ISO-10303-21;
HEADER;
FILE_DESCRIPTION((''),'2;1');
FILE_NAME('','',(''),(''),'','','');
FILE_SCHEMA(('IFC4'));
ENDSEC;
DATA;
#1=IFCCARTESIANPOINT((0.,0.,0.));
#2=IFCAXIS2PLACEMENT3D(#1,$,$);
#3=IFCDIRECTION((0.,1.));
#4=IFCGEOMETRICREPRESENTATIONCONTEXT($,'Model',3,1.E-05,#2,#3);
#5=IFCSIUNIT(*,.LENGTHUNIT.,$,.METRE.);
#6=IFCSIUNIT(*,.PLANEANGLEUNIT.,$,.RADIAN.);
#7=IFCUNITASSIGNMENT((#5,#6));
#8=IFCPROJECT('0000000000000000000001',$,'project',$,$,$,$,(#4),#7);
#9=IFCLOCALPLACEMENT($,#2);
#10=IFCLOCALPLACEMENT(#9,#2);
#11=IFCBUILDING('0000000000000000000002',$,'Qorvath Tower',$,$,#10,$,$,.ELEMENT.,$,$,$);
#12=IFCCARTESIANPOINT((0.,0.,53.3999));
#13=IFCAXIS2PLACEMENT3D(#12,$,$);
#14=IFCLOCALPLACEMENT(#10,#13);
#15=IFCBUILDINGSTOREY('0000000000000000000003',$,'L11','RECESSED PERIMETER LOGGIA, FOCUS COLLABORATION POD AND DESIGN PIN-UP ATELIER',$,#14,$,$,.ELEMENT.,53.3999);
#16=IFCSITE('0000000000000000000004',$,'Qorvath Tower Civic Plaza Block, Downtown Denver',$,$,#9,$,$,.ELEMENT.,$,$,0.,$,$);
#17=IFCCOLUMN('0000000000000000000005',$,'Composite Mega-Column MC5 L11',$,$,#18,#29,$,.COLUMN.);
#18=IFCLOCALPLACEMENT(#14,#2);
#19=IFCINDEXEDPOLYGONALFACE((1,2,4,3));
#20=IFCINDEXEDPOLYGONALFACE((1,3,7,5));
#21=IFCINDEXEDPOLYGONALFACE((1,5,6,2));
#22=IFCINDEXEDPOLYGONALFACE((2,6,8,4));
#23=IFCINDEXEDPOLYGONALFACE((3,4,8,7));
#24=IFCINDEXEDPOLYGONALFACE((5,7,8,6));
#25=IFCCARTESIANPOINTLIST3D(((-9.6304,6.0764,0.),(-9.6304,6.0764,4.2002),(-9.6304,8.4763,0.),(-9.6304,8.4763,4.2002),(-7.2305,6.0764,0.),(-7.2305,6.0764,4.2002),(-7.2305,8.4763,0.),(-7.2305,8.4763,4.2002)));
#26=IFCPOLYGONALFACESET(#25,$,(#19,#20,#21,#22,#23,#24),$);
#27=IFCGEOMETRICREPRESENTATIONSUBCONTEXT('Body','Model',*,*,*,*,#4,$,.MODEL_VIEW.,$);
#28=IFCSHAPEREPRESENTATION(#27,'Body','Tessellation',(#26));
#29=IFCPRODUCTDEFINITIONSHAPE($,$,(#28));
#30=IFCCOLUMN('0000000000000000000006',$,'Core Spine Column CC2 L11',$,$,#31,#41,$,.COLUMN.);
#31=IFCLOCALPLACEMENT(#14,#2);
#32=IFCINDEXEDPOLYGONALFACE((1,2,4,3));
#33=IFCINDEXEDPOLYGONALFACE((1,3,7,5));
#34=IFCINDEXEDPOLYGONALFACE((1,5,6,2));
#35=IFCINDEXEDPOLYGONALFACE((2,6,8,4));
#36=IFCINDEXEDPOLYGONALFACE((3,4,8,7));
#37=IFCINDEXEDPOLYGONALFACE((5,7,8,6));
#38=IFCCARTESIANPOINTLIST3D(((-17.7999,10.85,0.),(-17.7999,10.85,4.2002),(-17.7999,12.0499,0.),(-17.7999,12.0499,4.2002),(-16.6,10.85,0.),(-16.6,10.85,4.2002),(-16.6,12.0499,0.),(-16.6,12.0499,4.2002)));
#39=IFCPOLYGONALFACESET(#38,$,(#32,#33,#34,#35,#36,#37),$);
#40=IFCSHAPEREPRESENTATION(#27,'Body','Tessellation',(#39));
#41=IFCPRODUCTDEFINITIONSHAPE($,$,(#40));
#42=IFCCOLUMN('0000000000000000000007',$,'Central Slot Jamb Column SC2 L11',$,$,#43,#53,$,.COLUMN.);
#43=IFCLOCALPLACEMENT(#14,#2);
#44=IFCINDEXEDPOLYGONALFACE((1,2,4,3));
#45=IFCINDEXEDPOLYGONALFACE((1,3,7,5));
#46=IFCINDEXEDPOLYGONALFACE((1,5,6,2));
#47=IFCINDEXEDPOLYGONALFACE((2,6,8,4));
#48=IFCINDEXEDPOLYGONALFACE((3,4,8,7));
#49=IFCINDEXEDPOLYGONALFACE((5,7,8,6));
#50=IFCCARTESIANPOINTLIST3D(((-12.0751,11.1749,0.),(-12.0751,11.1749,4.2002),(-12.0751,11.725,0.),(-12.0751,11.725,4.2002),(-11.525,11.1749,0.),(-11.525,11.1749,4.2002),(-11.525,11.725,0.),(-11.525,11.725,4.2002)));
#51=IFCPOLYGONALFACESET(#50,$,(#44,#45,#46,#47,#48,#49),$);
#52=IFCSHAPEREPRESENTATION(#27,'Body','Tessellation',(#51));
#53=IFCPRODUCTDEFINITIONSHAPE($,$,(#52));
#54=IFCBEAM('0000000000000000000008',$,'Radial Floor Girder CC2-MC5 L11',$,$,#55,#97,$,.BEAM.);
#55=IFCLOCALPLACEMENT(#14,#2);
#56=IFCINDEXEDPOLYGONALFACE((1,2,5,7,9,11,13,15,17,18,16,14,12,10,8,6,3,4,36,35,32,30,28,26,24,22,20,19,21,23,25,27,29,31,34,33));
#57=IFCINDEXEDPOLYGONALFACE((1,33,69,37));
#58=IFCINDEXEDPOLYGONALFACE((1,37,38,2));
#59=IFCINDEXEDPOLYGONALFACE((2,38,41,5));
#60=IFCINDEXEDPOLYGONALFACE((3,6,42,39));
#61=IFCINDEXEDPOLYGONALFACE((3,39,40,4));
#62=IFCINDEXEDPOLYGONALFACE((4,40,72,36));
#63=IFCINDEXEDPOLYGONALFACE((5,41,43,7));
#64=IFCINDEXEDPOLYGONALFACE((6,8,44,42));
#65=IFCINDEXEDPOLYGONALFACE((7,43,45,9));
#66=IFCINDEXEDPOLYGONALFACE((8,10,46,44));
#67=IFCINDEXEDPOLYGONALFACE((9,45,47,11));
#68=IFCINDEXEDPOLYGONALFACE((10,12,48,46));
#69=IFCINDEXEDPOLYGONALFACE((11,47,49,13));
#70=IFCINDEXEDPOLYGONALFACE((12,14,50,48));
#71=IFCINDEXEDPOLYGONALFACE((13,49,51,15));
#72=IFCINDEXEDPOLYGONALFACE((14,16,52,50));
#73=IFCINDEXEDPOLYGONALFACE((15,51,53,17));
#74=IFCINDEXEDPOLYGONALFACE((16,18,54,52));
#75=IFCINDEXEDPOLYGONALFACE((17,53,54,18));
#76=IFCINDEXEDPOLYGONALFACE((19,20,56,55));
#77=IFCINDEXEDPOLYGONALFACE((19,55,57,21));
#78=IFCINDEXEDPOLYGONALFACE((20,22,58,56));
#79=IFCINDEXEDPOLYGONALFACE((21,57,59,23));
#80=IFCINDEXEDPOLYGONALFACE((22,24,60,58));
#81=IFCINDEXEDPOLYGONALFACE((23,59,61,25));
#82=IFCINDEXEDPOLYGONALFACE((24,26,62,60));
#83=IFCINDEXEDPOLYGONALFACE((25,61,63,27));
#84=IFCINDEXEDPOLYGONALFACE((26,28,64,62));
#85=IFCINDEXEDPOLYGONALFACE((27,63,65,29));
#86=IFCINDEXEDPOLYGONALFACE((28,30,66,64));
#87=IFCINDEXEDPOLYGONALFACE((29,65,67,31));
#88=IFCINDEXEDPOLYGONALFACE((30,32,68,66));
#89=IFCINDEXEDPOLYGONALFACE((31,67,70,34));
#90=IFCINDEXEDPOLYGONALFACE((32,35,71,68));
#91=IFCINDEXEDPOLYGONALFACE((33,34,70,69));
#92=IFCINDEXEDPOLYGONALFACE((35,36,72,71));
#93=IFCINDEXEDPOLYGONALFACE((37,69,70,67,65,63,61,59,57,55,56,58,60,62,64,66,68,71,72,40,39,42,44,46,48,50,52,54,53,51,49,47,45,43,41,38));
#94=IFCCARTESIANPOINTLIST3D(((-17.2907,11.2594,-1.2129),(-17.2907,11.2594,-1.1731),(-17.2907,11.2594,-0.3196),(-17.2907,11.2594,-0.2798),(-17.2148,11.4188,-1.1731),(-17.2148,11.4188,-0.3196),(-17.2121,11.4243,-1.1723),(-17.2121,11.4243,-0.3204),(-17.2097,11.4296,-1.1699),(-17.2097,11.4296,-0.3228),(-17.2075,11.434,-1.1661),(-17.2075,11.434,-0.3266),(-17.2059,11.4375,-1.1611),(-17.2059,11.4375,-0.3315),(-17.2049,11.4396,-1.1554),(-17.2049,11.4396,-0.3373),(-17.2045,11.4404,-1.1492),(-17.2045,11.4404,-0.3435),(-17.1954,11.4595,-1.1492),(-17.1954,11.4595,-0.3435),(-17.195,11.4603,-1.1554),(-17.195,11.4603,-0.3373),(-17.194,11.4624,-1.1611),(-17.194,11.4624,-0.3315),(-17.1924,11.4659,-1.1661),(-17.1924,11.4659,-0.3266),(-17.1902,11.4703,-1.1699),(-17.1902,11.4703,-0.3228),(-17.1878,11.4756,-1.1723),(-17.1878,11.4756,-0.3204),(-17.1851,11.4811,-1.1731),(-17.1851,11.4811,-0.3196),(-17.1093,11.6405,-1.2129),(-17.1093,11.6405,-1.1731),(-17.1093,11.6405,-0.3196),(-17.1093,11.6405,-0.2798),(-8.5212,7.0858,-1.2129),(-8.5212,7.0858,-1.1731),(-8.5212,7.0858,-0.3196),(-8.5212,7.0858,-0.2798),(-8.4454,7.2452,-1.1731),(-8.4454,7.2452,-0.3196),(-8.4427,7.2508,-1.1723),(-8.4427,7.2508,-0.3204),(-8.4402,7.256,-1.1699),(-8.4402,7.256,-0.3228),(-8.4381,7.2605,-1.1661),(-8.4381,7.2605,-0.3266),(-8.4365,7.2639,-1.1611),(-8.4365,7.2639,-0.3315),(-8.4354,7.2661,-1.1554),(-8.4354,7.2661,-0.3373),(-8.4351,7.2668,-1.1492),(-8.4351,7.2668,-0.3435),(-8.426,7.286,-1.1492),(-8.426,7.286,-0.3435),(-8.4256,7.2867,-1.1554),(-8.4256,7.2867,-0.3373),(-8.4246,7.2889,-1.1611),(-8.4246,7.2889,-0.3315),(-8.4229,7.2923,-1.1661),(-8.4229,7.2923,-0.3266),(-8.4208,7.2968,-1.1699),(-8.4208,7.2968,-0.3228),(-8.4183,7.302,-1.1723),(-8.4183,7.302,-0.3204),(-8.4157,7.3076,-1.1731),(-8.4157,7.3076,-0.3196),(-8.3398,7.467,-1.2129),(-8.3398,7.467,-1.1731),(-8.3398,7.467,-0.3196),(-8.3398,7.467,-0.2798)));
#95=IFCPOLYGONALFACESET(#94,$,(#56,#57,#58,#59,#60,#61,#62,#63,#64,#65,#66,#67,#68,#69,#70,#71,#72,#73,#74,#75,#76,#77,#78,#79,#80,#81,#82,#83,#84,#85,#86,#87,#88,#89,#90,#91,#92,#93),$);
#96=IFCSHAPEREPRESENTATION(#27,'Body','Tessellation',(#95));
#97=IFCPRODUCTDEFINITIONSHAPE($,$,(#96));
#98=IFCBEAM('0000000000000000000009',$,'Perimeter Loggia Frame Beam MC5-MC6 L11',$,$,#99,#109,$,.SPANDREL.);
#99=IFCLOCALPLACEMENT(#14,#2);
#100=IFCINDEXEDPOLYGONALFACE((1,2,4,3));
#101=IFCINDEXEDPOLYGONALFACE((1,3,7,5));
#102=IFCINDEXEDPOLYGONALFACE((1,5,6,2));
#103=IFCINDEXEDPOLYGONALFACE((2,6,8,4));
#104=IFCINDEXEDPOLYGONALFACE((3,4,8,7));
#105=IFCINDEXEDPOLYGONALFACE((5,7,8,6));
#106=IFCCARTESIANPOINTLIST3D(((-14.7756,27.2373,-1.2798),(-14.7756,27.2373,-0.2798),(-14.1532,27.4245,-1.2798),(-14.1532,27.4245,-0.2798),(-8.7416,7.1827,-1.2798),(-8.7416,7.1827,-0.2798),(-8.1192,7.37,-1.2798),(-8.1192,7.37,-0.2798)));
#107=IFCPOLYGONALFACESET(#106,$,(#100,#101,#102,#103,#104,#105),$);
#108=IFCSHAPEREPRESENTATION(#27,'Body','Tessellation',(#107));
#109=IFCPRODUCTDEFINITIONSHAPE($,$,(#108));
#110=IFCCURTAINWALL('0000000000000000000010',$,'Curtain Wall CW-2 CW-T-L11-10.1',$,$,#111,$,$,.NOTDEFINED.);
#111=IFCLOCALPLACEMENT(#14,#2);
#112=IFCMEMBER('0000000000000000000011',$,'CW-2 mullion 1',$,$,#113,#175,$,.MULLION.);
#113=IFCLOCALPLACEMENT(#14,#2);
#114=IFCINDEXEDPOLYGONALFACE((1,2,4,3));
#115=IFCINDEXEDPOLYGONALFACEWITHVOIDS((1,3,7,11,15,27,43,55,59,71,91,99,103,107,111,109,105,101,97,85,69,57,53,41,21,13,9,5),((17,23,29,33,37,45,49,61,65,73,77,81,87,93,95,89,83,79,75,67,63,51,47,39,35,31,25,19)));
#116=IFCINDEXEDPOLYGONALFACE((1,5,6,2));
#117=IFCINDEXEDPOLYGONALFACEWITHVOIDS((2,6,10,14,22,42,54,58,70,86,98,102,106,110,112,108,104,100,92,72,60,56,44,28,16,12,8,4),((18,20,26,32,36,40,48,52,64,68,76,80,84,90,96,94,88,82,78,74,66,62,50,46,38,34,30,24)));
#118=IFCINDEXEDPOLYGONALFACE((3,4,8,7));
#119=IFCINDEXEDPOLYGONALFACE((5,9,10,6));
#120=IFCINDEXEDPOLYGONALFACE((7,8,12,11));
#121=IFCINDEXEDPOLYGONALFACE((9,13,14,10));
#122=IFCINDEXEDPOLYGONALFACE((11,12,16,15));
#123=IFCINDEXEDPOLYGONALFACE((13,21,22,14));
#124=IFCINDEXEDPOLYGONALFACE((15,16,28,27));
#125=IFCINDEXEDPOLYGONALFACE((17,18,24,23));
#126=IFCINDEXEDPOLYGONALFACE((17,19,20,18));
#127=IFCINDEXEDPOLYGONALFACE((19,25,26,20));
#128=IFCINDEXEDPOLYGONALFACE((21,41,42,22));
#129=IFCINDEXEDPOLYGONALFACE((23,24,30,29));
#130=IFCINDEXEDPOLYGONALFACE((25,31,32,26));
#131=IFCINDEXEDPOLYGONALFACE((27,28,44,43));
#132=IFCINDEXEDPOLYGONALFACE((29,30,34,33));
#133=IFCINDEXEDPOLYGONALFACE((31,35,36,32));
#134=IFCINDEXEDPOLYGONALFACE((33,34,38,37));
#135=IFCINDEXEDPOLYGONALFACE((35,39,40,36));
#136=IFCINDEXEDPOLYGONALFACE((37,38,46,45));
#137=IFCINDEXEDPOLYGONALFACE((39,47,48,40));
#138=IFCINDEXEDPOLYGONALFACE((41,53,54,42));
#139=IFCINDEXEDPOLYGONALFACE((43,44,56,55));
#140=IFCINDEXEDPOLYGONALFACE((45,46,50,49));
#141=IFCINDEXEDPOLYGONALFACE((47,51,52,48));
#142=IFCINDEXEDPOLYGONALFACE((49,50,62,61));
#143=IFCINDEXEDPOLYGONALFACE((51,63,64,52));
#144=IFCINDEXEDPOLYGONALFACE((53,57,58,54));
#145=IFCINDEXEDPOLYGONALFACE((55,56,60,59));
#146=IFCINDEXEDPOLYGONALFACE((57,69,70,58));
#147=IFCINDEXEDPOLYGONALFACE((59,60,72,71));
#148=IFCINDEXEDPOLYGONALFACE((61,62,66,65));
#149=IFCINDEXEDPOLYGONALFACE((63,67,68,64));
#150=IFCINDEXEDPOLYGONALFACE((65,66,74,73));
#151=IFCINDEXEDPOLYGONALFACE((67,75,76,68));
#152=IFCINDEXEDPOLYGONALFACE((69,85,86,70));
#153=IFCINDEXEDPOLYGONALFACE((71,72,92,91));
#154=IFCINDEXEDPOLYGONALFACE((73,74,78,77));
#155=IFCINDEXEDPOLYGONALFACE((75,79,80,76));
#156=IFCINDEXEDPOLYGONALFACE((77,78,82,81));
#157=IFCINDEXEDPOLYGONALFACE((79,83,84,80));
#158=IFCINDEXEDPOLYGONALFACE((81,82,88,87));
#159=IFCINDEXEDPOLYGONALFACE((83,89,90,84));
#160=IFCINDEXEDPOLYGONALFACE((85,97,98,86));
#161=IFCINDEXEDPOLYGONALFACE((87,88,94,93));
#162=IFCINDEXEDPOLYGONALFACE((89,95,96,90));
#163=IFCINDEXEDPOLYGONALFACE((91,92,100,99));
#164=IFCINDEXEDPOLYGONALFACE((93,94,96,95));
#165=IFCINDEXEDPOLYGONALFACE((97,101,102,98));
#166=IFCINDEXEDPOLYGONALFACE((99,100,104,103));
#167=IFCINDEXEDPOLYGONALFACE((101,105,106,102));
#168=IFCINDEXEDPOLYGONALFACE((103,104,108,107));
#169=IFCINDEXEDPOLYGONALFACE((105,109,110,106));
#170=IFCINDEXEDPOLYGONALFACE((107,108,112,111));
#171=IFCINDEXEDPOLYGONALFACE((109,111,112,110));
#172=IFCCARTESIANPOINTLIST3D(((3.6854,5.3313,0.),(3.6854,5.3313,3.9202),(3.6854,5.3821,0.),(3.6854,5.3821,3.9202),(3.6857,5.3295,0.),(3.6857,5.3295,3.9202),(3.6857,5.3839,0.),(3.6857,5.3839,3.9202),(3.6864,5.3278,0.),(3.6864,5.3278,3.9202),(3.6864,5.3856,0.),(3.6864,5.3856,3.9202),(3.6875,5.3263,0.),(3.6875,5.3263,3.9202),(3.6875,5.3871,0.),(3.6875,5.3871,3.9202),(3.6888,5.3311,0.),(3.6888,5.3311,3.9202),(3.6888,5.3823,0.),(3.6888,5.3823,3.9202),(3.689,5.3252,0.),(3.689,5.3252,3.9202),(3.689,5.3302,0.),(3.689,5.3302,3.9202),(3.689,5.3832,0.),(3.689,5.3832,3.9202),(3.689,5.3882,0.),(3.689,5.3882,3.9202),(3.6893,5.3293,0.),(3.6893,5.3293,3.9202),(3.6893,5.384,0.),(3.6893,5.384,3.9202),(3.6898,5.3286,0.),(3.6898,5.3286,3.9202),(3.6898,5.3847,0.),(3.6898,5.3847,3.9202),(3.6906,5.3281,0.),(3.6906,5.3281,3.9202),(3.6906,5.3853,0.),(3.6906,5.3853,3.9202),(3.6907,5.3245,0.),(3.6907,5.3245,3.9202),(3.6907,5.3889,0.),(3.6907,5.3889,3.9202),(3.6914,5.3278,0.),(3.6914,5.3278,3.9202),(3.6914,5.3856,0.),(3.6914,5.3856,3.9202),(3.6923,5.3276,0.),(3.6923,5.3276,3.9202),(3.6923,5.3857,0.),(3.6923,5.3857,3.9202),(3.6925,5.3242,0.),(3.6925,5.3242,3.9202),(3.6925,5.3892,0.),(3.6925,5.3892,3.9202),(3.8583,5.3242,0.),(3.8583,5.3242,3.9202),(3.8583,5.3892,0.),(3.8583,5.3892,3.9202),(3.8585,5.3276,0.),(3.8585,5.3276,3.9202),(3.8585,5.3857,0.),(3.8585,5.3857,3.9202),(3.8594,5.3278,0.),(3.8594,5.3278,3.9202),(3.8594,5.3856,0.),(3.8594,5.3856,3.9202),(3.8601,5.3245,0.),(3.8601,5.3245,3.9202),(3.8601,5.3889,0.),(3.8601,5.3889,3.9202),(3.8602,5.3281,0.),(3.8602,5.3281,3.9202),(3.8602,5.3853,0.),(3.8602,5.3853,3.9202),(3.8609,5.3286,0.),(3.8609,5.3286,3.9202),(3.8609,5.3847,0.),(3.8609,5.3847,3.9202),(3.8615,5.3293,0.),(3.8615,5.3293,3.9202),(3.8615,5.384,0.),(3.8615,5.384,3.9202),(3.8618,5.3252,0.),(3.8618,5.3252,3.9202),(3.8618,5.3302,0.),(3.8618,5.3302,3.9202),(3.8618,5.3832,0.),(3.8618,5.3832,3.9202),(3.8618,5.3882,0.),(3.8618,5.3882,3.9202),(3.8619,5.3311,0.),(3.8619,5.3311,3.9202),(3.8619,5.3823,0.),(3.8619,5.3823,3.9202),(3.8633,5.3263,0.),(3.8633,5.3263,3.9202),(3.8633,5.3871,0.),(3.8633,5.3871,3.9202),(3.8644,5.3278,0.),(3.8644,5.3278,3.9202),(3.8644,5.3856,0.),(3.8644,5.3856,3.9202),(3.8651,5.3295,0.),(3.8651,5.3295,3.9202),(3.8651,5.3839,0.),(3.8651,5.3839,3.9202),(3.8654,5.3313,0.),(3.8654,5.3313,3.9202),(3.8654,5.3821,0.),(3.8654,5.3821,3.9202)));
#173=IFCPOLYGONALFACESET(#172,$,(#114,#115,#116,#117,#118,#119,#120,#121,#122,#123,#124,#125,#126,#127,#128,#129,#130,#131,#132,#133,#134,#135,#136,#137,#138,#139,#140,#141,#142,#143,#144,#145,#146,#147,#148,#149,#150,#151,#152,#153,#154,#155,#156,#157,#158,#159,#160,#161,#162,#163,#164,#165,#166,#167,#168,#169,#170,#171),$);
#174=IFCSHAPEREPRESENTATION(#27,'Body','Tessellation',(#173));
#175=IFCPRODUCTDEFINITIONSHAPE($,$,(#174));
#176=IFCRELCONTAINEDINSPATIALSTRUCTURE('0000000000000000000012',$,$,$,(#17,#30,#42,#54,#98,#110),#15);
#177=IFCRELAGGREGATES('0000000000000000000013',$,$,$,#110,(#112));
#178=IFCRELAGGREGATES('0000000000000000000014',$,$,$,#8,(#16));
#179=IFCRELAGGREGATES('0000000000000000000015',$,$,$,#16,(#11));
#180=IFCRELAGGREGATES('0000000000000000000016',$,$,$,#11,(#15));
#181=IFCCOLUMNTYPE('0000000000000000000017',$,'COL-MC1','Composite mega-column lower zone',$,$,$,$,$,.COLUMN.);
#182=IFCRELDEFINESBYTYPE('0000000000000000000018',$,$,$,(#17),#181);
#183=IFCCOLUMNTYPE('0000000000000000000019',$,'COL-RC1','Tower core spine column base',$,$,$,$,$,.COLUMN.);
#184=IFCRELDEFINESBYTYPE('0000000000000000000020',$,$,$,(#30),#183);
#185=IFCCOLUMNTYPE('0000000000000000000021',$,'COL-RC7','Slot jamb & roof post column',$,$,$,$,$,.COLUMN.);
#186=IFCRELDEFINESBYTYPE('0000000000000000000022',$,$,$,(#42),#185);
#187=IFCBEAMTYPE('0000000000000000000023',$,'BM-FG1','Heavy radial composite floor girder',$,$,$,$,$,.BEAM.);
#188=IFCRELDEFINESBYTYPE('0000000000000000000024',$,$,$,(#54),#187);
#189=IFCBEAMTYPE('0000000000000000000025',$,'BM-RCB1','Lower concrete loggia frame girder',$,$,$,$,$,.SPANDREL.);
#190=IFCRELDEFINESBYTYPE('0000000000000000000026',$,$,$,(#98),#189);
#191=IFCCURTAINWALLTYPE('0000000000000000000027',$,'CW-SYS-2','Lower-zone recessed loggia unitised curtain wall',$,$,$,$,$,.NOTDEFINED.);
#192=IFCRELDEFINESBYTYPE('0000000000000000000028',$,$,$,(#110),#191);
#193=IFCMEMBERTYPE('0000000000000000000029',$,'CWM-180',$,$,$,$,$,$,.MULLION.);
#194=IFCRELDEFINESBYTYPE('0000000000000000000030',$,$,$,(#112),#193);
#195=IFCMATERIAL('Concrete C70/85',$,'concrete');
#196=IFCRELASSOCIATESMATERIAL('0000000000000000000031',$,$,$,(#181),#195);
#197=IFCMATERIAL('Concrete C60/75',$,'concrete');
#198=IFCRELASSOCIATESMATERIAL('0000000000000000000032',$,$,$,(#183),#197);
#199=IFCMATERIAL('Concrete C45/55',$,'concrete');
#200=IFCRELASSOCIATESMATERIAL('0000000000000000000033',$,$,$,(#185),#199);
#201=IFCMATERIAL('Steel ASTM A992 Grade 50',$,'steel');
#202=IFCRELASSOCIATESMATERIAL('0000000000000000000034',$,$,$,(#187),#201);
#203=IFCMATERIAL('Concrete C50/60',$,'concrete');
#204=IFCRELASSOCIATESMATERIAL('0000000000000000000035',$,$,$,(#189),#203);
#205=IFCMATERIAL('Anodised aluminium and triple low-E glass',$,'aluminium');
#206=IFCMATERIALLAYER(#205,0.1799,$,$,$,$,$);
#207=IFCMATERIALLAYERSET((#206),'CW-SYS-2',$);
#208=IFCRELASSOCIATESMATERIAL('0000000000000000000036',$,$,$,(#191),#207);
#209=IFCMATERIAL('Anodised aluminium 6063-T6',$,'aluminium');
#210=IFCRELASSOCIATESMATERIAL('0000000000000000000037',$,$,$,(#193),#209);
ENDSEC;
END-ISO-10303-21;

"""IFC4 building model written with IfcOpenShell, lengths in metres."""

from ifc_helpers import new_model, si_unit, direction, frame, origin, origin_2d, place, context, subcontext, project, spatial, rectangle, hollow_rectangle, i_section, extrude, material, layer, layer_set, material_profile, profile_set, type_object, element, aggregate, save


model = new_model("IFC4")

# Units and contexts
model_context = context("Model", 3, precision=1e-05, world=origin(), true_north=direction((0.0, 1.0)))
body_context = subcontext(model_context, "Body", "Model", "MODEL_VIEW")
ifc_project = project(units=[si_unit("LENGTHUNIT", "METRE"), si_unit("PLANEANGLEUNIT", "RADIAN")], contexts=[model_context])

# Site, building, storey
site_placement = place(None, origin())
site = spatial("IfcSite", under=ifc_project, at=site_placement, Name="Qorvath Tower Civic Plaza Block, Downtown Denver", CompositionType="ELEMENT", RefElevation=0.0)
building_placement = place(site_placement, origin())
building = spatial("IfcBuilding", under=site, at=building_placement, Name="Qorvath Tower", CompositionType="ELEMENT")
storey_placement = place(building_placement, frame((0.0, 0.0, 53.3999)))
storey = spatial("IfcBuildingStorey", under=building, at=storey_placement, Name="L11", Description="RECESSED PERIMETER LOGGIA, FOCUS COLLABORATION POD AND DESIGN PIN-UP ATELIER", CompositionType="ELEMENT", Elevation=53.3999)

# Columns
ifc_material_1 = material(Name="Concrete C70/85", Category="concrete")
ifc_material_profile_1 = material_profile(ifc_material_1, rectangle(XDim=2.3999, YDim=2.3999, at=origin_2d()), Name="MC 2400x2400")
ifc_profile_set_1 = profile_set([ifc_material_profile_1], Name="Concrete C70/85")
column_type_1 = type_object("IfcColumnType", Name="COL-MC1", Description="Composite mega-column lower zone", PredefinedType="COLUMN", material=ifc_profile_set_1)
column_1_placement = place(storey_placement, frame((-8.4304, 7.2764, 0.0), z_axis=(0.0, 0.0, 1.0), x_axis=(1.0, 0.0, 0.0)))
element("IfcColumn", 1, at=column_1_placement, inside=storey, type_object=column_type_1, Name="Composite Mega-Column MC5 L11", PredefinedType="COLUMN", context=body_context, shape_type="SweptSolid", body=[
    extrude(rectangle(XDim=2.3999, YDim=2.3999, at=origin_2d()), origin(), (0.0, 0.0, 1.0), 4.2002),
])
ifc_material_2 = material(Name="Concrete C60/75", Category="concrete")
ifc_material_profile_2 = material_profile(ifc_material_2, rectangle(XDim=1.2, YDim=1.2, at=origin_2d()), Name="RC 1200x1200")
ifc_profile_set_2 = profile_set([ifc_material_profile_2], Name="Concrete C60/75")
column_type_2 = type_object("IfcColumnType", Name="COL-RC1", Description="Tower core spine column base", PredefinedType="COLUMN", material=ifc_profile_set_2)
column_2_placement = place(storey_placement, frame((-17.2, 11.45, 0.0), z_axis=(0.0, 0.0, 1.0), x_axis=(1.0, 0.0, 0.0)))
element("IfcColumn", 2, at=column_2_placement, inside=storey, type_object=column_type_2, Name="Core Spine Column CC2 L11", PredefinedType="COLUMN", context=body_context, shape_type="SweptSolid", body=[
    extrude(rectangle(XDim=1.2, YDim=1.2, at=origin_2d()), origin(), (0.0, 0.0, 1.0), 4.2002),
])
ifc_material_3 = material(Name="Concrete C45/55", Category="concrete")
ifc_material_profile_3 = material_profile(ifc_material_3, rectangle(XDim=0.55, YDim=0.55, at=origin_2d()), Name="RC 550x550")
ifc_profile_set_3 = profile_set([ifc_material_profile_3], Name="Concrete C45/55")
column_type_3 = type_object("IfcColumnType", Name="COL-RC7", Description="Slot jamb & roof post column", PredefinedType="COLUMN", material=ifc_profile_set_3)
column_3_placement = place(storey_placement, frame((-11.8, 11.45, 0.0), z_axis=(0.0, 0.0, 1.0), x_axis=(1.0, 0.0, 0.0)))
element("IfcColumn", 3, at=column_3_placement, inside=storey, type_object=column_type_3, Name="Central Slot Jamb Column SC2 L11", PredefinedType="COLUMN", context=body_context, shape_type="SweptSolid", body=[
    extrude(rectangle(XDim=0.55, YDim=0.55, at=origin_2d()), origin(), (0.0, 0.0, 1.0), 4.2002),
])

# Beams
ifc_material_4 = material(Name="Steel ASTM A992 Grade 50", Category="steel")
ifc_material_profile_4 = material_profile(ifc_material_4, i_section(OverallWidth=0.4221, OverallDepth=0.9331, WebThickness=0.0212, FlangeThickness=0.0398, FilletRadius=0.0239, at=origin_2d()), Name="W36x262")
ifc_profile_set_4 = profile_set([ifc_material_profile_4], Name="Steel ASTM A992 Grade 50")
beam_type_1 = type_object("IfcBeamType", Name="BM-FG1", Description="Heavy radial composite floor girder", PredefinedType="BEAM", material=ifc_profile_set_4)
beam_1_placement = place(storey_placement, frame((-17.2, 11.45, -0.7463), z_axis=(0.902956, -0.429734, 0.0), x_axis=(0.429734, 0.902956, 0.0)))
element("IfcBeam", 4, at=beam_1_placement, inside=storey, type_object=beam_type_1, Name="Radial Floor Girder CC2-MC5 L11", PredefinedType="BEAM", context=body_context, shape_type="SweptSolid", body=[
    extrude(i_section(OverallWidth=0.4221, OverallDepth=0.9331, WebThickness=0.0212, FlangeThickness=0.0398, FilletRadius=0.0239, at=origin_2d()), origin(), (0.0, 0.0, 1.0), 9.7119),
])
ifc_material_5 = material(Name="Concrete C50/60", Category="concrete")
ifc_material_profile_5 = material_profile(ifc_material_5, rectangle(XDim=0.6499, YDim=1.0, at=origin_2d()), Name="RCB 1000x650")
ifc_profile_set_5 = profile_set([ifc_material_profile_5], Name="Concrete C50/60")
beam_type_2 = type_object("IfcBeamType", Name="BM-RCB1", Description="Lower concrete loggia frame girder", PredefinedType="SPANDREL", material=ifc_profile_set_5)
beam_2_placement = place(storey_placement, frame((-8.4304, 7.2764, -0.7798), z_axis=(-0.288119, 0.957595, 0.0), x_axis=(-0.957595, -0.288119, 0.0)))
element("IfcBeam", 5, at=beam_2_placement, inside=storey, type_object=beam_type_2, Name="Perimeter Loggia Frame Beam MC5-MC6 L11", PredefinedType="SPANDREL", context=body_context, shape_type="SweptSolid", body=[
    extrude(rectangle(XDim=0.6499, YDim=1.0, at=origin_2d()), origin(), (0.0, 0.0, 1.0), 20.9426),
])

# Curtain wall, member
ifc_material_6 = material(Name="Anodised aluminium and triple low-E glass", Category="aluminium")
ifc_layer_1 = layer(ifc_material_6, 0.1799)
ifc_layer_set_1 = layer_set([ifc_layer_1], Name="CW-SYS-2")
curtain_wall_type = type_object("IfcCurtainWallType", Name="CW-SYS-2", Description="Lower-zone recessed loggia unitised curtain wall", PredefinedType="NOTDEFINED", material=ifc_layer_set_1)
curtain_wall_1_placement = place(storey_placement, origin())
curtain_wall_1 = element("IfcCurtainWall", 6, at=curtain_wall_1_placement, inside=storey, type_object=curtain_wall_type, Name="Curtain Wall CW-2 CW-T-L11-10.1", PredefinedType="NOTDEFINED")
ifc_material_7 = material(Name="Anodised aluminium 6063-T6", Category="aluminium")
ifc_material_profile_6 = material_profile(ifc_material_7, hollow_rectangle(XDim=0.0649, YDim=0.1799, WallThickness=0.0034, InnerFilletRadius=0.0034, OuterFilletRadius=0.0071, at=origin_2d()), Name="CWM 180x65")
ifc_profile_set_6 = profile_set([ifc_material_profile_6], Name="Anodised aluminium 6063-T6")
member_type_1 = type_object("IfcMemberType", Name="CWM-180", PredefinedType="MULLION", material=ifc_profile_set_6)
member_1_placement = place(storey_placement, frame((3.7754, 5.3567, 0.0), z_axis=(0.0, 0.0, 1.0), x_axis=(0.0, 1.0, 0.0)))
member_1 = element("IfcMember", 7, at=member_1_placement, type_object=member_type_1, Name="CW-2 mullion 1", PredefinedType="MULLION", context=body_context, shape_type="SweptSolid", body=[
    extrude(hollow_rectangle(XDim=0.0649, YDim=0.1799, WallThickness=0.0034, InnerFilletRadius=0.0034, OuterFilletRadius=0.0071, at=origin_2d()), origin(), (0.0, 0.0, 1.0), 3.9202),
])

aggregate(curtain_wall_1, [member_1])

save(model, "model.ifc")
